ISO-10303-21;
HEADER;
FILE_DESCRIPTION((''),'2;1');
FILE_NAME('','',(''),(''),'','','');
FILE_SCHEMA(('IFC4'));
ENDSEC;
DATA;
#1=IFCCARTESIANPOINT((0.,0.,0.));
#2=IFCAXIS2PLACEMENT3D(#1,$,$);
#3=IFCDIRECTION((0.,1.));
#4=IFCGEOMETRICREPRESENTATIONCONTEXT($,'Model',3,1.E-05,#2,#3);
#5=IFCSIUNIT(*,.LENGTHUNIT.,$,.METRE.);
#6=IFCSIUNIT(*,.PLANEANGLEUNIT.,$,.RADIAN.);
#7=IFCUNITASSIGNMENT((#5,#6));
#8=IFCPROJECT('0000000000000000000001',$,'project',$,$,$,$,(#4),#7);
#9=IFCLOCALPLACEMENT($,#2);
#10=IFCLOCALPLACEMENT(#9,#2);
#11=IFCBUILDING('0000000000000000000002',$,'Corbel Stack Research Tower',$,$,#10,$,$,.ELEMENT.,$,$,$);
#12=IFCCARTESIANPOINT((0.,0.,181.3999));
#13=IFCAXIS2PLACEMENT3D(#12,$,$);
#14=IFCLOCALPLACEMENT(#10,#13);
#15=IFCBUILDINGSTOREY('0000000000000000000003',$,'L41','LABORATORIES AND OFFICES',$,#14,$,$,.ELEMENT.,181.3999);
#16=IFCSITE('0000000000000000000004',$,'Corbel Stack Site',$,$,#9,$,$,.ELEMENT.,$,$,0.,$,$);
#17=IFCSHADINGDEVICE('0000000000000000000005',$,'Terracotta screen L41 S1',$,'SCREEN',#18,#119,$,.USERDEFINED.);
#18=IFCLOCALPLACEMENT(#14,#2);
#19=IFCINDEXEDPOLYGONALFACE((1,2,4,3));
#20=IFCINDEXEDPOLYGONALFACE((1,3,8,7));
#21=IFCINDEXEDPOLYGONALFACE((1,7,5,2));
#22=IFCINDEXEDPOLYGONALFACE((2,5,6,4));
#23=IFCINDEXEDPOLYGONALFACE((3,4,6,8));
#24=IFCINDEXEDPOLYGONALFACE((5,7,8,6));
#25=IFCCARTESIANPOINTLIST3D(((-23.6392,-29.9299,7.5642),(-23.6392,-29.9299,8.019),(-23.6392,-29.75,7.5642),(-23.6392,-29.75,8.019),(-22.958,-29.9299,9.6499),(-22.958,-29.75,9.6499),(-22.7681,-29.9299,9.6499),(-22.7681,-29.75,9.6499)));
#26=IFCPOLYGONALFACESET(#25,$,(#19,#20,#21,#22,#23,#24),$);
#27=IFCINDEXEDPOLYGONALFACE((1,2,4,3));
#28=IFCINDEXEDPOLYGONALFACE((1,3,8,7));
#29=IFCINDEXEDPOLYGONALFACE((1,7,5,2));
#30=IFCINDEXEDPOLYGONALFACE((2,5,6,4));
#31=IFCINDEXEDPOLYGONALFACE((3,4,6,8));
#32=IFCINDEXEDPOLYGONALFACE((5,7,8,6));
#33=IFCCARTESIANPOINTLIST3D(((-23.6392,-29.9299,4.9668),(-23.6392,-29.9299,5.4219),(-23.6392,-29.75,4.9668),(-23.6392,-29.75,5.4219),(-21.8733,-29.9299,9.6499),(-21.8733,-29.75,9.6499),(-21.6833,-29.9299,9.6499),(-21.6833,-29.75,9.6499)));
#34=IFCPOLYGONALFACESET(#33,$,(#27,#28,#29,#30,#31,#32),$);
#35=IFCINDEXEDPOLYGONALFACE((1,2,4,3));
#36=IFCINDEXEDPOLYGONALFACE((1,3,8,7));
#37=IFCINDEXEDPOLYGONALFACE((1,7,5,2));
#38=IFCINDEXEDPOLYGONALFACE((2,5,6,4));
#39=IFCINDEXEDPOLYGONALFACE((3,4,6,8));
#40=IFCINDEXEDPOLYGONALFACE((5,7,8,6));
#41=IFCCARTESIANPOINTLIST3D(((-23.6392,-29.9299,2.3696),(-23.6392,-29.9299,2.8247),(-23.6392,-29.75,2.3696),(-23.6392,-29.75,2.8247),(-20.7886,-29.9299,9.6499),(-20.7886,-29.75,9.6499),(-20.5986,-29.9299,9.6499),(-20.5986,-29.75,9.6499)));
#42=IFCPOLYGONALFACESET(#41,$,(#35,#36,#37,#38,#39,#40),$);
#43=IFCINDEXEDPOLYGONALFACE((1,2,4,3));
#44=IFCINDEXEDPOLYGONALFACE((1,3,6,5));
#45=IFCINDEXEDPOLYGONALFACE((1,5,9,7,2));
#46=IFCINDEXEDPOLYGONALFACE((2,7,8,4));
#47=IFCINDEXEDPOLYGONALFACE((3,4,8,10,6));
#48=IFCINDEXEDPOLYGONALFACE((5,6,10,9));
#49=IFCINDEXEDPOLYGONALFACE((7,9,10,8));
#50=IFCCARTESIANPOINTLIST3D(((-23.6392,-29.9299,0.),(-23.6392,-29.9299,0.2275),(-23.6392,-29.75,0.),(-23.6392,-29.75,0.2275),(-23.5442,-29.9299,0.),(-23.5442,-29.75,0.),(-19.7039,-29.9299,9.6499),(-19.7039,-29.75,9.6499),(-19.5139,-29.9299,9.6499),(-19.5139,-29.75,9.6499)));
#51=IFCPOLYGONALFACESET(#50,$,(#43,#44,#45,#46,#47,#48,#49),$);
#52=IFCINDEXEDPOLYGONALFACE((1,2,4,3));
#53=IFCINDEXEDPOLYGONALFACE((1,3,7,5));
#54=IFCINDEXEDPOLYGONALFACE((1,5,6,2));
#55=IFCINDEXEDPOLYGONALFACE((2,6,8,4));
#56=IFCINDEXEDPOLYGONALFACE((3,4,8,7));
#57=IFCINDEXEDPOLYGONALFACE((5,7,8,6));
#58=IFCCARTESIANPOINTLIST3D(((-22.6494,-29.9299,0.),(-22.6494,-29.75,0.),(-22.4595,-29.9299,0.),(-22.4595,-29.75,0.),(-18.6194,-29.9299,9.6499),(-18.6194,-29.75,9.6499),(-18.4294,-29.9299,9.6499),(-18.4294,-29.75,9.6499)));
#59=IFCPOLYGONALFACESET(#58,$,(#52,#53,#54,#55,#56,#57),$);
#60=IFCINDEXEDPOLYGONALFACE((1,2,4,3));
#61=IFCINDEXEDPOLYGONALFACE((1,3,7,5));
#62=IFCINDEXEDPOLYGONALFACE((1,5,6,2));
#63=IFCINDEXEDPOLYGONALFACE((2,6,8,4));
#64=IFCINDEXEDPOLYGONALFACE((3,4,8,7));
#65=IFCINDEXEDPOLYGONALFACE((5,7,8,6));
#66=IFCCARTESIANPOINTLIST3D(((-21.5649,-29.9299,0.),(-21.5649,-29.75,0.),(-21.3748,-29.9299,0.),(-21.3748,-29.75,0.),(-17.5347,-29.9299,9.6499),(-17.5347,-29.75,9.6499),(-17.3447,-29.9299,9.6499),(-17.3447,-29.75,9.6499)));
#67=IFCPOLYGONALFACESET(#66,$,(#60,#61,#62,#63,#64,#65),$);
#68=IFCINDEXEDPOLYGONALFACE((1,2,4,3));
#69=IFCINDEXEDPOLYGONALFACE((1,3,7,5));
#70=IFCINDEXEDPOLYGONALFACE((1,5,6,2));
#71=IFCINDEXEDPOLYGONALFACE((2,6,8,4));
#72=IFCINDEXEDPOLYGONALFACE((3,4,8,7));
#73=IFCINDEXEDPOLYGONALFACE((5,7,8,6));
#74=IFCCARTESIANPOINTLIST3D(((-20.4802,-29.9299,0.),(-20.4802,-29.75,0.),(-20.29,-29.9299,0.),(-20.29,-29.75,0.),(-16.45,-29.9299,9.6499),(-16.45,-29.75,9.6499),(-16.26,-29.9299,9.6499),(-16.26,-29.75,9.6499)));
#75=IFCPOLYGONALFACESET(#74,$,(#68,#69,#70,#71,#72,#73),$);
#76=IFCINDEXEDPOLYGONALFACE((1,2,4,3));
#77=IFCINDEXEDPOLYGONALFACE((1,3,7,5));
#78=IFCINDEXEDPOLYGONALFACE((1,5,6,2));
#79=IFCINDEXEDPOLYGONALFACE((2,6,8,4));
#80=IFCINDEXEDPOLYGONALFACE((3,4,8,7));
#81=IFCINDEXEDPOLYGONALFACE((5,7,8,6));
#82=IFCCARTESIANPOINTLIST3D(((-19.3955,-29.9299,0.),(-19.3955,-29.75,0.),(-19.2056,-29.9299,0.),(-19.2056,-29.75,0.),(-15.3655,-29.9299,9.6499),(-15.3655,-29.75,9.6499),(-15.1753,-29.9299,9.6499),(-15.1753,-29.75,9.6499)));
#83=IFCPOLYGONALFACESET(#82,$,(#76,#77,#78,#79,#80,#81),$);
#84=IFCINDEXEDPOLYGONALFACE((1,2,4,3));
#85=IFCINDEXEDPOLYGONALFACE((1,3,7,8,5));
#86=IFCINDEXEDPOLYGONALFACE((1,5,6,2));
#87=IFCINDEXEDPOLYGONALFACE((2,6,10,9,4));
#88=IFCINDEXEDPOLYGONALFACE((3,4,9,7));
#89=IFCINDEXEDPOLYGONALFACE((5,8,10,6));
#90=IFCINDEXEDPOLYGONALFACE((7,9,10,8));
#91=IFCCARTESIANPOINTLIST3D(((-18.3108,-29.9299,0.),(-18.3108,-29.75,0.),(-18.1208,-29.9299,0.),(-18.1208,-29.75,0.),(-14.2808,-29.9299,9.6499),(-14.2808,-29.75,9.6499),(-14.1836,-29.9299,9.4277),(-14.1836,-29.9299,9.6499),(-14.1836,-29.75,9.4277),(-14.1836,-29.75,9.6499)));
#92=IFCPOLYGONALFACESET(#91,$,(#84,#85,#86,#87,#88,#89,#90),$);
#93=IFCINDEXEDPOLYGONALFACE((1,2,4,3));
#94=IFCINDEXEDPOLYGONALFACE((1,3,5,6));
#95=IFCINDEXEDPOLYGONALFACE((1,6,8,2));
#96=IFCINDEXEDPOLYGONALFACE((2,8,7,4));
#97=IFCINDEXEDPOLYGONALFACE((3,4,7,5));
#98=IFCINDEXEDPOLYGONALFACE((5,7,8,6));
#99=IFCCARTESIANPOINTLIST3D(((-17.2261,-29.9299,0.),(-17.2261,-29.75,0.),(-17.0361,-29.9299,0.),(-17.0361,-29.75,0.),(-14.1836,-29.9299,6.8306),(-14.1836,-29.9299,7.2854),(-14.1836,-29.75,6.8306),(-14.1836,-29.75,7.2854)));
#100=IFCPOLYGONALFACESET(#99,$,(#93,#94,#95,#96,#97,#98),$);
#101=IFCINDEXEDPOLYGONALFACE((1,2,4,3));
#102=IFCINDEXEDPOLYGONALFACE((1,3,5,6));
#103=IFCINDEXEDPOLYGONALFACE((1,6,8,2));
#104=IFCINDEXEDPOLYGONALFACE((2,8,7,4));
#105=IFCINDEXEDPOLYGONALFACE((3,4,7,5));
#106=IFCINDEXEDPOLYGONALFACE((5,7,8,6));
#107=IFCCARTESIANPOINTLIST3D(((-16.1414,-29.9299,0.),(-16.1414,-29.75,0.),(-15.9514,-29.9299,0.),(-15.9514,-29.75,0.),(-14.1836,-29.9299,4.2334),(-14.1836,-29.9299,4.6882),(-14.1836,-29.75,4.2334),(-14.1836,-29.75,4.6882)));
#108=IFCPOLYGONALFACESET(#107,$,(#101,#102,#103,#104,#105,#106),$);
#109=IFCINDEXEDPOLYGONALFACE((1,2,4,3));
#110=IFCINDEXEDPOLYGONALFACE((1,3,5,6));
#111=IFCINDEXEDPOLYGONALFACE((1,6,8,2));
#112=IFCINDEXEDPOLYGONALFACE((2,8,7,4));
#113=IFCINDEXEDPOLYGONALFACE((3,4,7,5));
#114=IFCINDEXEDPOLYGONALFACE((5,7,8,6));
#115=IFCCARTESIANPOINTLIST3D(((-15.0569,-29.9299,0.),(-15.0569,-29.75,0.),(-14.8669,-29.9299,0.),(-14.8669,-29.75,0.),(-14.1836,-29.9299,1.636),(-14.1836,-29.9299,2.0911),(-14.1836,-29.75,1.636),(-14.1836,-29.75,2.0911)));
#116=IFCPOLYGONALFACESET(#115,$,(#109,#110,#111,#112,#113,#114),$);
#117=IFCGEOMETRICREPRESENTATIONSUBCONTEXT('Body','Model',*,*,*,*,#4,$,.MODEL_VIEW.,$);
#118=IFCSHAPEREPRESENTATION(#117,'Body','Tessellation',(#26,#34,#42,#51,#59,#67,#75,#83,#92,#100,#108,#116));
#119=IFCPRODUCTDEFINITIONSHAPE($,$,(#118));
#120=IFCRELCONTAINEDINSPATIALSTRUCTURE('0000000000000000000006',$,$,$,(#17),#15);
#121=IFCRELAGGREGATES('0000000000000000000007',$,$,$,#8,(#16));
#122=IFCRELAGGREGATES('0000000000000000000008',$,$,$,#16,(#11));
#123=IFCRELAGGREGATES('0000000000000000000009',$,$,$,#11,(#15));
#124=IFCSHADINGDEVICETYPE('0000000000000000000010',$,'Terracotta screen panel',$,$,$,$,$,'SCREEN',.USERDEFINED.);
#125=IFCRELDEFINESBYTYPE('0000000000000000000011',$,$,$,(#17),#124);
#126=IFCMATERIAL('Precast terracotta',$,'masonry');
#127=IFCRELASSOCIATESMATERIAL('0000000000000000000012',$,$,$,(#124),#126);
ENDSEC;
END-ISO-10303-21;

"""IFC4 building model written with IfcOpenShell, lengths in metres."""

from ifc_helpers import new_model, si_unit, direction, frame, origin, place, context, subcontext, project, spatial, polyline, outline, extrude, source, transform, mapped, material, type_object, element, save


model = new_model("IFC4")

# Units and contexts
model_context = context("Model", 3, precision=1e-05, world=origin(), true_north=direction((0.0, 1.0)))
body_context = subcontext(model_context, "Body", "Model", "MODEL_VIEW")
ifc_project = project(units=[si_unit("LENGTHUNIT", "METRE"), si_unit("PLANEANGLEUNIT", "RADIAN")], contexts=[model_context])

# Site, building, storey
site_placement = place(None, origin())
site = spatial("IfcSite", under=ifc_project, at=site_placement, Name="Corbel Stack Site", CompositionType="ELEMENT", RefElevation=0.0)
building_placement = place(site_placement, origin())
building = spatial("IfcBuilding", under=site, at=building_placement, Name="Corbel Stack Research Tower", CompositionType="ELEMENT")
storey_placement = place(building_placement, frame((0.0, 0.0, 181.3999)))
storey = spatial("IfcBuildingStorey", under=building, at=storey_placement, Name="L41", Description="LABORATORIES AND OFFICES", CompositionType="ELEMENT", Elevation=181.3999)

# Shading device
ifc_material_1 = material(Name="Precast terracotta", Category="masonry")
shading_device_type = type_object("IfcShadingDeviceType", Name="Terracotta screen panel", ElementType="SCREEN", PredefinedType="USERDEFINED", material=ifc_material_1)
shared_shape_1 = source(origin(), body_context, "Body", "SweptSolid", [
    extrude(outline(polyline([(0.8711, 9.6499), (0.6812, 9.6499), (0.0, 8.019), (0.0, 7.5642), (0.8711, 9.6499)])), frame((0.0, 0.0, 0.0), z_axis=(0.0, -1.0, 0.0), x_axis=(1.0, 0.0, 0.0)), (0.0, 0.0, 1.0), 0.1799),
    extrude(outline(polyline([(1.9558, 9.6499), (1.7659, 9.6499), (0.0, 5.4219), (0.0, 4.9668), (1.9558, 9.6499)])), frame((0.0, 0.0, 0.0), z_axis=(0.0, -1.0, 0.0), x_axis=(1.0, 0.0, 0.0)), (0.0, 0.0, 1.0), 0.1799),
    extrude(outline(polyline([(3.0405, 9.6499), (2.8506, 9.6499), (0.0, 2.8247), (0.0, 2.3696), (3.0405, 9.6499)])), frame((0.0, 0.0, 0.0), z_axis=(0.0, -1.0, 0.0), x_axis=(1.0, 0.0, 0.0)), (0.0, 0.0, 1.0), 0.1799),
    extrude(outline(polyline([(0.095, 0.0), (4.1252, 9.6499), (3.9353, 9.6499), (0.0, 0.2275), (0.0, 0.0), (0.095, 0.0)])), frame((0.0, 0.0, 0.0), z_axis=(0.0, -1.0, 0.0), x_axis=(1.0, 0.0, 0.0)), (0.0, 0.0, 1.0), 0.1799),
    extrude(outline(polyline([(1.1797, 0.0), (5.2097, 9.6499), (5.0198, 9.6499), (0.9897, 0.0), (1.1797, 0.0)])), frame((0.0, 0.0, 0.0), z_axis=(0.0, -1.0, 0.0), x_axis=(1.0, 0.0, 0.0)), (0.0, 0.0, 1.0), 0.1799),
    extrude(outline(polyline([(2.2644, 0.0), (6.2944, 9.6499), (6.1045, 9.6499), (2.0742, 0.0), (2.2644, 0.0)])), frame((0.0, 0.0, 0.0), z_axis=(0.0, -1.0, 0.0), x_axis=(1.0, 0.0, 0.0)), (0.0, 0.0, 1.0), 0.1799),
    extrude(outline(polyline([(3.3491, 0.0), (7.3792, 9.6499), (7.1892, 9.6499), (3.1589, 0.0), (3.3491, 0.0)])), frame((0.0, 0.0, 0.0), z_axis=(0.0, -1.0, 0.0), x_axis=(1.0, 0.0, 0.0)), (0.0, 0.0, 1.0), 0.1799),
    extrude(outline(polyline([(4.4336, 0.0), (8.4639, 9.6499), (8.2737, 9.6499), (4.2437, 0.0), (4.4336, 0.0)])), frame((0.0, 0.0, 0.0), z_axis=(0.0, -1.0, 0.0), x_axis=(1.0, 0.0, 0.0)), (0.0, 0.0, 1.0), 0.1799),
    extrude(outline(polyline([(5.5183, 0.0), (9.4556, 9.4277), (9.4556, 9.6499), (9.3584, 9.6499), (5.3284, 0.0), (5.5183, 0.0)])), frame((0.0, 0.0, 0.0), z_axis=(0.0, -1.0, 0.0), x_axis=(1.0, 0.0, 0.0)), (0.0, 0.0, 1.0), 0.1799),
    extrude(outline(polyline([(6.603, 0.0), (9.4556, 6.8306), (9.4556, 7.2854), (6.4131, 0.0), (6.603, 0.0)])), frame((0.0, 0.0, 0.0), z_axis=(0.0, -1.0, 0.0), x_axis=(1.0, 0.0, 0.0)), (0.0, 0.0, 1.0), 0.1799),
    extrude(outline(polyline([(7.6877, 0.0), (9.4556, 4.2334), (9.4556, 4.6882), (7.4978, 0.0), (7.6877, 0.0)])), frame((0.0, 0.0, 0.0), z_axis=(0.0, -1.0, 0.0), x_axis=(1.0, 0.0, 0.0)), (0.0, 0.0, 1.0), 0.1799),
    extrude(outline(polyline([(8.7722, 0.0), (9.4556, 1.636), (9.4556, 2.0911), (8.5823, 0.0), (8.7722, 0.0)])), frame((0.0, 0.0, 0.0), z_axis=(0.0, -1.0, 0.0), x_axis=(1.0, 0.0, 0.0)), (0.0, 0.0, 1.0), 0.1799),
])
shading_device_1_placement = place(storey_placement, frame((-23.6392, -29.75, 0.0), z_axis=(0.0, 0.0, 1.0), x_axis=(1.0, 0.0, 0.0)))
element("IfcShadingDevice", 1, at=shading_device_1_placement, inside=storey, type_object=shading_device_type, Name="Terracotta screen L41 S1", ObjectType="SCREEN", PredefinedType="USERDEFINED", context=body_context, shape_type="MappedRepresentation", body=[
    mapped(shared_shape_1, transform((0.0, 0.0, 0.0))),
])

save(model, "model.ifc")
